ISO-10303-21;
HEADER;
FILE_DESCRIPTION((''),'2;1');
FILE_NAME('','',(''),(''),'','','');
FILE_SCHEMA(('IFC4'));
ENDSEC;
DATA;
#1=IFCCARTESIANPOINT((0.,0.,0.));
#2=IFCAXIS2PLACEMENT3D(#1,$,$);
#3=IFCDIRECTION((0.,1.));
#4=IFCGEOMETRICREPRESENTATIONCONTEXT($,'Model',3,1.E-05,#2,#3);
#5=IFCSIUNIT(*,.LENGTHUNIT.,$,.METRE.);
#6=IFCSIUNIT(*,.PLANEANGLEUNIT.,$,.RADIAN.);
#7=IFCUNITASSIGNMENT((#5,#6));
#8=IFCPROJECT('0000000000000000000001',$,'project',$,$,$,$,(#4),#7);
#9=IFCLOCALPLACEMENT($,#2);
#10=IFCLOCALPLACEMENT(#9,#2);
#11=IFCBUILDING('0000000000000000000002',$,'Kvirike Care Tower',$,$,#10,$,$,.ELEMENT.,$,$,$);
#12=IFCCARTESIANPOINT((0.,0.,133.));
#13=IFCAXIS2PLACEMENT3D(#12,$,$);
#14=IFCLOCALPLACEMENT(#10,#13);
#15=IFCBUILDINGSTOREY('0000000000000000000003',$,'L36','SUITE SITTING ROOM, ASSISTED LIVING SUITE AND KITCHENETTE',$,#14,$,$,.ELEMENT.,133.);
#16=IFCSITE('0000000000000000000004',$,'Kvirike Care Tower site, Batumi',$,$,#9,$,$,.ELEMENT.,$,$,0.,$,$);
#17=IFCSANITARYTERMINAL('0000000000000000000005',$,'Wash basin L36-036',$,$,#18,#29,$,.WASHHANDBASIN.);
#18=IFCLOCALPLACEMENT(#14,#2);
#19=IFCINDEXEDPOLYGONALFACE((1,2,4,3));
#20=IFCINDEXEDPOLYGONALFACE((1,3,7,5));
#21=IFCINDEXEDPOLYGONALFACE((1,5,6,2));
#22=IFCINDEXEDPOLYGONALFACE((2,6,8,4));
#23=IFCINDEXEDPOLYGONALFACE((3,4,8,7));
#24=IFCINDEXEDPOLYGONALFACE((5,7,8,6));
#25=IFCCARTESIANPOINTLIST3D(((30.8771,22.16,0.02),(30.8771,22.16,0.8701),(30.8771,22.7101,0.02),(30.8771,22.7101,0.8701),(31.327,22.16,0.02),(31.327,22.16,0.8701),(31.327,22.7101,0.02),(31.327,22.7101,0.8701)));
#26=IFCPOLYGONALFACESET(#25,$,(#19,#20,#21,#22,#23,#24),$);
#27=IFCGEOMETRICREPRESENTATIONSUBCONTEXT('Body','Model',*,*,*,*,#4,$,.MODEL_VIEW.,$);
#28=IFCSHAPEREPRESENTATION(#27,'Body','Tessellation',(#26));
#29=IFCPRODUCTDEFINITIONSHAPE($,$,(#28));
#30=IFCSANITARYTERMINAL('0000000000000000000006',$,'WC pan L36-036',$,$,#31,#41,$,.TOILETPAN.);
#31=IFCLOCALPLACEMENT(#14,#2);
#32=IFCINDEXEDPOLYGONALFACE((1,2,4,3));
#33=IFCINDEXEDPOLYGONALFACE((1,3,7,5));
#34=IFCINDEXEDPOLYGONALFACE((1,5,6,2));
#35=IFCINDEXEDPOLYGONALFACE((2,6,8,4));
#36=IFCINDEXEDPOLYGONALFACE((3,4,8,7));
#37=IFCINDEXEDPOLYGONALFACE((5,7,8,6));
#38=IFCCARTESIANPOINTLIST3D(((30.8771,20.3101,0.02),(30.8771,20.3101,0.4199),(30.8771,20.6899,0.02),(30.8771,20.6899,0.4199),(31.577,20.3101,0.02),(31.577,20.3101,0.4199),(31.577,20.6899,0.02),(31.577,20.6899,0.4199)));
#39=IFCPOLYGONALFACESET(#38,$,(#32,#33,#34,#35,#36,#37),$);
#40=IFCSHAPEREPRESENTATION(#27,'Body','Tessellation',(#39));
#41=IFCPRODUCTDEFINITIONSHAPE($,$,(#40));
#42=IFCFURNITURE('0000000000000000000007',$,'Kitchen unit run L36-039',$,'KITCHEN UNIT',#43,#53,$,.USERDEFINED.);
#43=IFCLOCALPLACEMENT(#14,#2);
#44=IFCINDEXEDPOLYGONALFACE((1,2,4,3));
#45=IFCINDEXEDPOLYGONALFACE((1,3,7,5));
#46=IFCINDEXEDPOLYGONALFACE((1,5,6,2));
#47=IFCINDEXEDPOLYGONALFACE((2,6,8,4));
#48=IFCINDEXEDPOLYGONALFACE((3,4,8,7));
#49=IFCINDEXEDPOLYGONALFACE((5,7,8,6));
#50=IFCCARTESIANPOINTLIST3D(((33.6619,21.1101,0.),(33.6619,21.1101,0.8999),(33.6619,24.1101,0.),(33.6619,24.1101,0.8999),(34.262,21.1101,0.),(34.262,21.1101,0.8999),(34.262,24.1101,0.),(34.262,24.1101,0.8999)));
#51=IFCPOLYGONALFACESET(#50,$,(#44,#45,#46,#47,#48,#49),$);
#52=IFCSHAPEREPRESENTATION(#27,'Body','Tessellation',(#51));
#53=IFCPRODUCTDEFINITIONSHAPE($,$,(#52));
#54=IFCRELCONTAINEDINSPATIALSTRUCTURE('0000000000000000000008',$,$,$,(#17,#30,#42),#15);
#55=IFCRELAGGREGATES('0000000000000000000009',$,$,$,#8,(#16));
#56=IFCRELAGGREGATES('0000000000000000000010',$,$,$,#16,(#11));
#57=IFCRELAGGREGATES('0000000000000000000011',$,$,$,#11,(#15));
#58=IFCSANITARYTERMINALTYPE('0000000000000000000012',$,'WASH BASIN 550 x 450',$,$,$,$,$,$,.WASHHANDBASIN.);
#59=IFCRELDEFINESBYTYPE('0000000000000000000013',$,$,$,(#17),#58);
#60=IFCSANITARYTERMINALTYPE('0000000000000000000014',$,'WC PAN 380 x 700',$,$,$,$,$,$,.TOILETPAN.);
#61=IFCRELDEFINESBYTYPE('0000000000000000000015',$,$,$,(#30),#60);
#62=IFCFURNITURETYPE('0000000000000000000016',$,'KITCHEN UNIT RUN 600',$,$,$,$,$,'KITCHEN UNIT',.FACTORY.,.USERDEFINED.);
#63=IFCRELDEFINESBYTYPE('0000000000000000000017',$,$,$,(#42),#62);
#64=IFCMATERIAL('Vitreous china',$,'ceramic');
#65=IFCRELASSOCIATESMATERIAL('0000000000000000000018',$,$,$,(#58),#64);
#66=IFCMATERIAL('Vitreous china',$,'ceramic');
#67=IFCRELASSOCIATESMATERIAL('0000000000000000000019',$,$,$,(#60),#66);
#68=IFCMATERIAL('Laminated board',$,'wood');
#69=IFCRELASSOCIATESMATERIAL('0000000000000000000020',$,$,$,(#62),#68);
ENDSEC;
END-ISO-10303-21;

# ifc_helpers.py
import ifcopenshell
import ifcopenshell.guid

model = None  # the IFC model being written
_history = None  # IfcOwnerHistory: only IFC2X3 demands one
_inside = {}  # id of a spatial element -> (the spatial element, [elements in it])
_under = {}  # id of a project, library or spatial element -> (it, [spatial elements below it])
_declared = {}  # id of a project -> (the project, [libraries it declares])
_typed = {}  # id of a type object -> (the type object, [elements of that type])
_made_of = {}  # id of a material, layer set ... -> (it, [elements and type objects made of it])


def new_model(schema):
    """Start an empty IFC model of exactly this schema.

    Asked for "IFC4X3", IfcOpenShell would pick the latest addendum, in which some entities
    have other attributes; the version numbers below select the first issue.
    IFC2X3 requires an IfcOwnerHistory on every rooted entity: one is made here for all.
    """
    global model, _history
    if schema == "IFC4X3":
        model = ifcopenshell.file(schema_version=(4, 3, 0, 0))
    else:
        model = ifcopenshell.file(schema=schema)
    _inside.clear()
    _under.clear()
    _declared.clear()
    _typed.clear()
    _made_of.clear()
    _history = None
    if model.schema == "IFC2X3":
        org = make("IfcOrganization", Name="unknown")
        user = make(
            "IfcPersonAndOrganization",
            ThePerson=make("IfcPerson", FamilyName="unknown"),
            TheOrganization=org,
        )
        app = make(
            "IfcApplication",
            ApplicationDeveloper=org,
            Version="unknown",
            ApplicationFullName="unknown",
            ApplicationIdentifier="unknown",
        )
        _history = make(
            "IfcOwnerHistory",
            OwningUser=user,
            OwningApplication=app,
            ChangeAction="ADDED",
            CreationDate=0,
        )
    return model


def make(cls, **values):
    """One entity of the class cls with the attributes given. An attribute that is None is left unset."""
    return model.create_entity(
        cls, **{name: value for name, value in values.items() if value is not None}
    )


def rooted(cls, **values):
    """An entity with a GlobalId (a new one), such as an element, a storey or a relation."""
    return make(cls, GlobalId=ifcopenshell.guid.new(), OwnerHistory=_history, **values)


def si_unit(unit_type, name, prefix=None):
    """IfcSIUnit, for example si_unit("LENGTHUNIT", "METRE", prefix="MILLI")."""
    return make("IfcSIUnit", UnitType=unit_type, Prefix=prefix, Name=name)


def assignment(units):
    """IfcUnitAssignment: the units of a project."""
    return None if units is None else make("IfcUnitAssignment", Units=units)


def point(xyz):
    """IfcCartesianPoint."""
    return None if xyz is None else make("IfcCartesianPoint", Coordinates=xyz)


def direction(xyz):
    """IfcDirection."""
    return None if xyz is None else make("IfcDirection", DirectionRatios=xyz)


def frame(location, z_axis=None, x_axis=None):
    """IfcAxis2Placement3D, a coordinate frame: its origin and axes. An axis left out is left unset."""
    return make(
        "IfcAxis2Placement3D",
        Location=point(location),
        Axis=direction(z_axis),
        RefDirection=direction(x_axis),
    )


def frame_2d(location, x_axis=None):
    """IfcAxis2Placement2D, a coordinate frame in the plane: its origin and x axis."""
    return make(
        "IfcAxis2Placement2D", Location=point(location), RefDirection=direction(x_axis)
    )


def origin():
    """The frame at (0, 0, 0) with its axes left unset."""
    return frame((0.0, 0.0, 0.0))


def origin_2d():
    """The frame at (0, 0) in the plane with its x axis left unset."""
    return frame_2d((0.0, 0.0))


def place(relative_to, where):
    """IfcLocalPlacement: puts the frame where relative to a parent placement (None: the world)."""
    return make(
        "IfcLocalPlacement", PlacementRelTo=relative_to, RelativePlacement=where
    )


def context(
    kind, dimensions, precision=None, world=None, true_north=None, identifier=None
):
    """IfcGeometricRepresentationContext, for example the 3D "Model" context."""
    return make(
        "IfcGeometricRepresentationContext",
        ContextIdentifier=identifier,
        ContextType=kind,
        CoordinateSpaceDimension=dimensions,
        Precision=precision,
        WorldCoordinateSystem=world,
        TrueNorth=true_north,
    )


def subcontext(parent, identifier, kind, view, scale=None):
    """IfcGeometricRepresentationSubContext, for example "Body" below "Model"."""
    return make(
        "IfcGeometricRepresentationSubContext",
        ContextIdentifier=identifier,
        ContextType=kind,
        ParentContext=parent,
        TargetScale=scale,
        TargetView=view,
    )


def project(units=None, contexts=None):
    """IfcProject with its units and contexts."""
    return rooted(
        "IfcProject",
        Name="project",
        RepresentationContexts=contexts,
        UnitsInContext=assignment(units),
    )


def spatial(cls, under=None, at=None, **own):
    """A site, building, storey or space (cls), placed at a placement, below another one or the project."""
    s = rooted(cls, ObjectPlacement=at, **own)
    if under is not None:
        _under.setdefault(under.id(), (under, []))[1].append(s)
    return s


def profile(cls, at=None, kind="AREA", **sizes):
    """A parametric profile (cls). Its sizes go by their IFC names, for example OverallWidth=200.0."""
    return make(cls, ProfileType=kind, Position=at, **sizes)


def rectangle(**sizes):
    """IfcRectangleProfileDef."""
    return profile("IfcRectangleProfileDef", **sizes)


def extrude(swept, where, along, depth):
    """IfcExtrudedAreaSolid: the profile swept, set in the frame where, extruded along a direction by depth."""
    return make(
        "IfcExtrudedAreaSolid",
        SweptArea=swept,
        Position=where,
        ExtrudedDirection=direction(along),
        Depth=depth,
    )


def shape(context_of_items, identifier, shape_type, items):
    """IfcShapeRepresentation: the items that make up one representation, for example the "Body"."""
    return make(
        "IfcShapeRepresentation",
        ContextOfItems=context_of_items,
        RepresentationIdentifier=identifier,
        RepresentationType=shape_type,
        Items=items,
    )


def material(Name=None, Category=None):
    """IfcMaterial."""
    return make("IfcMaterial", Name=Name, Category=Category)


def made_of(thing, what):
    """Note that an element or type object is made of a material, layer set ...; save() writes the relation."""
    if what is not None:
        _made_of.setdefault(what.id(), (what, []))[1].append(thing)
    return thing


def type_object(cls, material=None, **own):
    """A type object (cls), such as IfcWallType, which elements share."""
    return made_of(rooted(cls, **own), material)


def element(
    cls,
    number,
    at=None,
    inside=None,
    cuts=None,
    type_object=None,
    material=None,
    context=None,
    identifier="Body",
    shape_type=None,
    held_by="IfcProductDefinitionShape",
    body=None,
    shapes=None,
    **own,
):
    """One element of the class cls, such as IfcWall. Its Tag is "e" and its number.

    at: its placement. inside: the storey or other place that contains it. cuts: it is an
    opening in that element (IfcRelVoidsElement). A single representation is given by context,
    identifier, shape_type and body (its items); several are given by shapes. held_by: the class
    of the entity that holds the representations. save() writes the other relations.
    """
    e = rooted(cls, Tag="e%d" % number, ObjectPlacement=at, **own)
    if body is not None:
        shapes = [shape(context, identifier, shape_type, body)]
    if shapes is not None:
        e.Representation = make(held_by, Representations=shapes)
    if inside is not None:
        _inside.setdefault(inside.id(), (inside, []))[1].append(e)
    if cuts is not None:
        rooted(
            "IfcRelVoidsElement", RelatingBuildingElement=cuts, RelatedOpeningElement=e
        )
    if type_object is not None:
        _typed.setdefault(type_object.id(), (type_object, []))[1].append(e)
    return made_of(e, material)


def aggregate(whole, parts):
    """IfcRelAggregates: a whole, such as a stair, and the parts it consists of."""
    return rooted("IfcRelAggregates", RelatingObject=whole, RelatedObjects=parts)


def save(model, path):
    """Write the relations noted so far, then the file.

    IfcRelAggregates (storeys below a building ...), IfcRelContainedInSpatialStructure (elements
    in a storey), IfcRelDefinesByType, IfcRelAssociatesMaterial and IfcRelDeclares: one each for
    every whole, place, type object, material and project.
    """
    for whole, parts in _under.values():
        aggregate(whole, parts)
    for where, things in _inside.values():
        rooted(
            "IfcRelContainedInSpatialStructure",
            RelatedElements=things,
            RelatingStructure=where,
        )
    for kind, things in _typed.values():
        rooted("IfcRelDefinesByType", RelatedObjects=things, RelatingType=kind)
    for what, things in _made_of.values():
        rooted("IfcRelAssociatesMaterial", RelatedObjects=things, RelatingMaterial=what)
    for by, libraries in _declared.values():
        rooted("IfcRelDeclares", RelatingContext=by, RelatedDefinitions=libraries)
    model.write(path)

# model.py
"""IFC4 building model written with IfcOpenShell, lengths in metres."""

from ifc_helpers import new_model, si_unit, direction, frame, origin, origin_2d, place, context, subcontext, project, spatial, rectangle, extrude, material, type_object, element, save


model = new_model("IFC4")

# Units and contexts
model_context = context("Model", 3, precision=1e-05, world=origin(), true_north=direction((0.0, 1.0)))
body_context = subcontext(model_context, "Body", "Model", "MODEL_VIEW")
ifc_project = project(units=[si_unit("LENGTHUNIT", "METRE"), si_unit("PLANEANGLEUNIT", "RADIAN")], contexts=[model_context])

# Site, building, storey
site_placement = place(None, origin())
site = spatial("IfcSite", under=ifc_project, at=site_placement, Name="Kvirike Care Tower site, Batumi", CompositionType="ELEMENT", RefElevation=0.0)
building_placement = place(site_placement, origin())
building = spatial("IfcBuilding", under=site, at=building_placement, Name="Kvirike Care Tower", CompositionType="ELEMENT")
storey_placement = place(building_placement, frame((0.0, 0.0, 133.0)))
storey = spatial("IfcBuildingStorey", under=building, at=storey_placement, Name="L36", Description="SUITE SITTING ROOM, ASSISTED LIVING SUITE AND KITCHENETTE", CompositionType="ELEMENT", Elevation=133.0)

# Sanitary terminals
ifc_material_1 = material(Name="Vitreous china", Category="ceramic")
sanitary_terminal_type_1 = type_object("IfcSanitaryTerminalType", Name="WASH BASIN 550 x 450", PredefinedType="WASHHANDBASIN", material=ifc_material_1)
sanitary_terminal_1_placement = place(storey_placement, frame((31.1021, 22.4351, 0.02), z_axis=(0.0, 0.0, 1.0), x_axis=(0.0, 1.0, 0.0)))
element("IfcSanitaryTerminal", 1, at=sanitary_terminal_1_placement, inside=storey, type_object=sanitary_terminal_type_1, Name="Wash basin L36-036", PredefinedType="WASHHANDBASIN", context=body_context, shape_type="SweptSolid", body=[
    extrude(rectangle(XDim=0.55, YDim=0.45, at=origin_2d()), origin(), (0.0, 0.0, 1.0), 0.8501),
])
ifc_material_2 = material(Name="Vitreous china", Category="ceramic")
sanitary_terminal_type_2 = type_object("IfcSanitaryTerminalType", Name="WC PAN 380 x 700", PredefinedType="TOILETPAN", material=ifc_material_2)
sanitary_terminal_2_placement = place(storey_placement, frame((31.2271, 20.5, 0.02), z_axis=(0.0, 0.0, 1.0), x_axis=(0.0, 1.0, 0.0)))
element("IfcSanitaryTerminal", 2, at=sanitary_terminal_2_placement, inside=storey, type_object=sanitary_terminal_type_2, Name="WC pan L36-036", PredefinedType="TOILETPAN", context=body_context, shape_type="SweptSolid", body=[
    extrude(rectangle(XDim=0.3799, YDim=0.7, at=origin_2d()), origin(), (0.0, 0.0, 1.0), 0.3999),
])

# Furniture
ifc_material_3 = material(Name="Laminated board", Category="wood")
furniture_type = type_object("IfcFurnitureType", Name="KITCHEN UNIT RUN 600", ElementType="KITCHEN UNIT", AssemblyPlace="FACTORY", PredefinedType="USERDEFINED", material=ifc_material_3)
furniture_placement = place(storey_placement, frame((33.9619, 22.6101, 0.0), z_axis=(0.0, 0.0, 1.0), x_axis=(0.0, 1.0, 0.0)))
element("IfcFurniture", 3, at=furniture_placement, inside=storey, type_object=furniture_type, Name="Kitchen unit run L36-039", ObjectType="KITCHEN UNIT", PredefinedType="USERDEFINED", context=body_context, shape_type="SweptSolid", body=[
    extrude(rectangle(XDim=3.0, YDim=0.6001, at=origin_2d()), origin(), (0.0, 0.0, 1.0), 0.8999),
])

save(model, "model.ifc")
